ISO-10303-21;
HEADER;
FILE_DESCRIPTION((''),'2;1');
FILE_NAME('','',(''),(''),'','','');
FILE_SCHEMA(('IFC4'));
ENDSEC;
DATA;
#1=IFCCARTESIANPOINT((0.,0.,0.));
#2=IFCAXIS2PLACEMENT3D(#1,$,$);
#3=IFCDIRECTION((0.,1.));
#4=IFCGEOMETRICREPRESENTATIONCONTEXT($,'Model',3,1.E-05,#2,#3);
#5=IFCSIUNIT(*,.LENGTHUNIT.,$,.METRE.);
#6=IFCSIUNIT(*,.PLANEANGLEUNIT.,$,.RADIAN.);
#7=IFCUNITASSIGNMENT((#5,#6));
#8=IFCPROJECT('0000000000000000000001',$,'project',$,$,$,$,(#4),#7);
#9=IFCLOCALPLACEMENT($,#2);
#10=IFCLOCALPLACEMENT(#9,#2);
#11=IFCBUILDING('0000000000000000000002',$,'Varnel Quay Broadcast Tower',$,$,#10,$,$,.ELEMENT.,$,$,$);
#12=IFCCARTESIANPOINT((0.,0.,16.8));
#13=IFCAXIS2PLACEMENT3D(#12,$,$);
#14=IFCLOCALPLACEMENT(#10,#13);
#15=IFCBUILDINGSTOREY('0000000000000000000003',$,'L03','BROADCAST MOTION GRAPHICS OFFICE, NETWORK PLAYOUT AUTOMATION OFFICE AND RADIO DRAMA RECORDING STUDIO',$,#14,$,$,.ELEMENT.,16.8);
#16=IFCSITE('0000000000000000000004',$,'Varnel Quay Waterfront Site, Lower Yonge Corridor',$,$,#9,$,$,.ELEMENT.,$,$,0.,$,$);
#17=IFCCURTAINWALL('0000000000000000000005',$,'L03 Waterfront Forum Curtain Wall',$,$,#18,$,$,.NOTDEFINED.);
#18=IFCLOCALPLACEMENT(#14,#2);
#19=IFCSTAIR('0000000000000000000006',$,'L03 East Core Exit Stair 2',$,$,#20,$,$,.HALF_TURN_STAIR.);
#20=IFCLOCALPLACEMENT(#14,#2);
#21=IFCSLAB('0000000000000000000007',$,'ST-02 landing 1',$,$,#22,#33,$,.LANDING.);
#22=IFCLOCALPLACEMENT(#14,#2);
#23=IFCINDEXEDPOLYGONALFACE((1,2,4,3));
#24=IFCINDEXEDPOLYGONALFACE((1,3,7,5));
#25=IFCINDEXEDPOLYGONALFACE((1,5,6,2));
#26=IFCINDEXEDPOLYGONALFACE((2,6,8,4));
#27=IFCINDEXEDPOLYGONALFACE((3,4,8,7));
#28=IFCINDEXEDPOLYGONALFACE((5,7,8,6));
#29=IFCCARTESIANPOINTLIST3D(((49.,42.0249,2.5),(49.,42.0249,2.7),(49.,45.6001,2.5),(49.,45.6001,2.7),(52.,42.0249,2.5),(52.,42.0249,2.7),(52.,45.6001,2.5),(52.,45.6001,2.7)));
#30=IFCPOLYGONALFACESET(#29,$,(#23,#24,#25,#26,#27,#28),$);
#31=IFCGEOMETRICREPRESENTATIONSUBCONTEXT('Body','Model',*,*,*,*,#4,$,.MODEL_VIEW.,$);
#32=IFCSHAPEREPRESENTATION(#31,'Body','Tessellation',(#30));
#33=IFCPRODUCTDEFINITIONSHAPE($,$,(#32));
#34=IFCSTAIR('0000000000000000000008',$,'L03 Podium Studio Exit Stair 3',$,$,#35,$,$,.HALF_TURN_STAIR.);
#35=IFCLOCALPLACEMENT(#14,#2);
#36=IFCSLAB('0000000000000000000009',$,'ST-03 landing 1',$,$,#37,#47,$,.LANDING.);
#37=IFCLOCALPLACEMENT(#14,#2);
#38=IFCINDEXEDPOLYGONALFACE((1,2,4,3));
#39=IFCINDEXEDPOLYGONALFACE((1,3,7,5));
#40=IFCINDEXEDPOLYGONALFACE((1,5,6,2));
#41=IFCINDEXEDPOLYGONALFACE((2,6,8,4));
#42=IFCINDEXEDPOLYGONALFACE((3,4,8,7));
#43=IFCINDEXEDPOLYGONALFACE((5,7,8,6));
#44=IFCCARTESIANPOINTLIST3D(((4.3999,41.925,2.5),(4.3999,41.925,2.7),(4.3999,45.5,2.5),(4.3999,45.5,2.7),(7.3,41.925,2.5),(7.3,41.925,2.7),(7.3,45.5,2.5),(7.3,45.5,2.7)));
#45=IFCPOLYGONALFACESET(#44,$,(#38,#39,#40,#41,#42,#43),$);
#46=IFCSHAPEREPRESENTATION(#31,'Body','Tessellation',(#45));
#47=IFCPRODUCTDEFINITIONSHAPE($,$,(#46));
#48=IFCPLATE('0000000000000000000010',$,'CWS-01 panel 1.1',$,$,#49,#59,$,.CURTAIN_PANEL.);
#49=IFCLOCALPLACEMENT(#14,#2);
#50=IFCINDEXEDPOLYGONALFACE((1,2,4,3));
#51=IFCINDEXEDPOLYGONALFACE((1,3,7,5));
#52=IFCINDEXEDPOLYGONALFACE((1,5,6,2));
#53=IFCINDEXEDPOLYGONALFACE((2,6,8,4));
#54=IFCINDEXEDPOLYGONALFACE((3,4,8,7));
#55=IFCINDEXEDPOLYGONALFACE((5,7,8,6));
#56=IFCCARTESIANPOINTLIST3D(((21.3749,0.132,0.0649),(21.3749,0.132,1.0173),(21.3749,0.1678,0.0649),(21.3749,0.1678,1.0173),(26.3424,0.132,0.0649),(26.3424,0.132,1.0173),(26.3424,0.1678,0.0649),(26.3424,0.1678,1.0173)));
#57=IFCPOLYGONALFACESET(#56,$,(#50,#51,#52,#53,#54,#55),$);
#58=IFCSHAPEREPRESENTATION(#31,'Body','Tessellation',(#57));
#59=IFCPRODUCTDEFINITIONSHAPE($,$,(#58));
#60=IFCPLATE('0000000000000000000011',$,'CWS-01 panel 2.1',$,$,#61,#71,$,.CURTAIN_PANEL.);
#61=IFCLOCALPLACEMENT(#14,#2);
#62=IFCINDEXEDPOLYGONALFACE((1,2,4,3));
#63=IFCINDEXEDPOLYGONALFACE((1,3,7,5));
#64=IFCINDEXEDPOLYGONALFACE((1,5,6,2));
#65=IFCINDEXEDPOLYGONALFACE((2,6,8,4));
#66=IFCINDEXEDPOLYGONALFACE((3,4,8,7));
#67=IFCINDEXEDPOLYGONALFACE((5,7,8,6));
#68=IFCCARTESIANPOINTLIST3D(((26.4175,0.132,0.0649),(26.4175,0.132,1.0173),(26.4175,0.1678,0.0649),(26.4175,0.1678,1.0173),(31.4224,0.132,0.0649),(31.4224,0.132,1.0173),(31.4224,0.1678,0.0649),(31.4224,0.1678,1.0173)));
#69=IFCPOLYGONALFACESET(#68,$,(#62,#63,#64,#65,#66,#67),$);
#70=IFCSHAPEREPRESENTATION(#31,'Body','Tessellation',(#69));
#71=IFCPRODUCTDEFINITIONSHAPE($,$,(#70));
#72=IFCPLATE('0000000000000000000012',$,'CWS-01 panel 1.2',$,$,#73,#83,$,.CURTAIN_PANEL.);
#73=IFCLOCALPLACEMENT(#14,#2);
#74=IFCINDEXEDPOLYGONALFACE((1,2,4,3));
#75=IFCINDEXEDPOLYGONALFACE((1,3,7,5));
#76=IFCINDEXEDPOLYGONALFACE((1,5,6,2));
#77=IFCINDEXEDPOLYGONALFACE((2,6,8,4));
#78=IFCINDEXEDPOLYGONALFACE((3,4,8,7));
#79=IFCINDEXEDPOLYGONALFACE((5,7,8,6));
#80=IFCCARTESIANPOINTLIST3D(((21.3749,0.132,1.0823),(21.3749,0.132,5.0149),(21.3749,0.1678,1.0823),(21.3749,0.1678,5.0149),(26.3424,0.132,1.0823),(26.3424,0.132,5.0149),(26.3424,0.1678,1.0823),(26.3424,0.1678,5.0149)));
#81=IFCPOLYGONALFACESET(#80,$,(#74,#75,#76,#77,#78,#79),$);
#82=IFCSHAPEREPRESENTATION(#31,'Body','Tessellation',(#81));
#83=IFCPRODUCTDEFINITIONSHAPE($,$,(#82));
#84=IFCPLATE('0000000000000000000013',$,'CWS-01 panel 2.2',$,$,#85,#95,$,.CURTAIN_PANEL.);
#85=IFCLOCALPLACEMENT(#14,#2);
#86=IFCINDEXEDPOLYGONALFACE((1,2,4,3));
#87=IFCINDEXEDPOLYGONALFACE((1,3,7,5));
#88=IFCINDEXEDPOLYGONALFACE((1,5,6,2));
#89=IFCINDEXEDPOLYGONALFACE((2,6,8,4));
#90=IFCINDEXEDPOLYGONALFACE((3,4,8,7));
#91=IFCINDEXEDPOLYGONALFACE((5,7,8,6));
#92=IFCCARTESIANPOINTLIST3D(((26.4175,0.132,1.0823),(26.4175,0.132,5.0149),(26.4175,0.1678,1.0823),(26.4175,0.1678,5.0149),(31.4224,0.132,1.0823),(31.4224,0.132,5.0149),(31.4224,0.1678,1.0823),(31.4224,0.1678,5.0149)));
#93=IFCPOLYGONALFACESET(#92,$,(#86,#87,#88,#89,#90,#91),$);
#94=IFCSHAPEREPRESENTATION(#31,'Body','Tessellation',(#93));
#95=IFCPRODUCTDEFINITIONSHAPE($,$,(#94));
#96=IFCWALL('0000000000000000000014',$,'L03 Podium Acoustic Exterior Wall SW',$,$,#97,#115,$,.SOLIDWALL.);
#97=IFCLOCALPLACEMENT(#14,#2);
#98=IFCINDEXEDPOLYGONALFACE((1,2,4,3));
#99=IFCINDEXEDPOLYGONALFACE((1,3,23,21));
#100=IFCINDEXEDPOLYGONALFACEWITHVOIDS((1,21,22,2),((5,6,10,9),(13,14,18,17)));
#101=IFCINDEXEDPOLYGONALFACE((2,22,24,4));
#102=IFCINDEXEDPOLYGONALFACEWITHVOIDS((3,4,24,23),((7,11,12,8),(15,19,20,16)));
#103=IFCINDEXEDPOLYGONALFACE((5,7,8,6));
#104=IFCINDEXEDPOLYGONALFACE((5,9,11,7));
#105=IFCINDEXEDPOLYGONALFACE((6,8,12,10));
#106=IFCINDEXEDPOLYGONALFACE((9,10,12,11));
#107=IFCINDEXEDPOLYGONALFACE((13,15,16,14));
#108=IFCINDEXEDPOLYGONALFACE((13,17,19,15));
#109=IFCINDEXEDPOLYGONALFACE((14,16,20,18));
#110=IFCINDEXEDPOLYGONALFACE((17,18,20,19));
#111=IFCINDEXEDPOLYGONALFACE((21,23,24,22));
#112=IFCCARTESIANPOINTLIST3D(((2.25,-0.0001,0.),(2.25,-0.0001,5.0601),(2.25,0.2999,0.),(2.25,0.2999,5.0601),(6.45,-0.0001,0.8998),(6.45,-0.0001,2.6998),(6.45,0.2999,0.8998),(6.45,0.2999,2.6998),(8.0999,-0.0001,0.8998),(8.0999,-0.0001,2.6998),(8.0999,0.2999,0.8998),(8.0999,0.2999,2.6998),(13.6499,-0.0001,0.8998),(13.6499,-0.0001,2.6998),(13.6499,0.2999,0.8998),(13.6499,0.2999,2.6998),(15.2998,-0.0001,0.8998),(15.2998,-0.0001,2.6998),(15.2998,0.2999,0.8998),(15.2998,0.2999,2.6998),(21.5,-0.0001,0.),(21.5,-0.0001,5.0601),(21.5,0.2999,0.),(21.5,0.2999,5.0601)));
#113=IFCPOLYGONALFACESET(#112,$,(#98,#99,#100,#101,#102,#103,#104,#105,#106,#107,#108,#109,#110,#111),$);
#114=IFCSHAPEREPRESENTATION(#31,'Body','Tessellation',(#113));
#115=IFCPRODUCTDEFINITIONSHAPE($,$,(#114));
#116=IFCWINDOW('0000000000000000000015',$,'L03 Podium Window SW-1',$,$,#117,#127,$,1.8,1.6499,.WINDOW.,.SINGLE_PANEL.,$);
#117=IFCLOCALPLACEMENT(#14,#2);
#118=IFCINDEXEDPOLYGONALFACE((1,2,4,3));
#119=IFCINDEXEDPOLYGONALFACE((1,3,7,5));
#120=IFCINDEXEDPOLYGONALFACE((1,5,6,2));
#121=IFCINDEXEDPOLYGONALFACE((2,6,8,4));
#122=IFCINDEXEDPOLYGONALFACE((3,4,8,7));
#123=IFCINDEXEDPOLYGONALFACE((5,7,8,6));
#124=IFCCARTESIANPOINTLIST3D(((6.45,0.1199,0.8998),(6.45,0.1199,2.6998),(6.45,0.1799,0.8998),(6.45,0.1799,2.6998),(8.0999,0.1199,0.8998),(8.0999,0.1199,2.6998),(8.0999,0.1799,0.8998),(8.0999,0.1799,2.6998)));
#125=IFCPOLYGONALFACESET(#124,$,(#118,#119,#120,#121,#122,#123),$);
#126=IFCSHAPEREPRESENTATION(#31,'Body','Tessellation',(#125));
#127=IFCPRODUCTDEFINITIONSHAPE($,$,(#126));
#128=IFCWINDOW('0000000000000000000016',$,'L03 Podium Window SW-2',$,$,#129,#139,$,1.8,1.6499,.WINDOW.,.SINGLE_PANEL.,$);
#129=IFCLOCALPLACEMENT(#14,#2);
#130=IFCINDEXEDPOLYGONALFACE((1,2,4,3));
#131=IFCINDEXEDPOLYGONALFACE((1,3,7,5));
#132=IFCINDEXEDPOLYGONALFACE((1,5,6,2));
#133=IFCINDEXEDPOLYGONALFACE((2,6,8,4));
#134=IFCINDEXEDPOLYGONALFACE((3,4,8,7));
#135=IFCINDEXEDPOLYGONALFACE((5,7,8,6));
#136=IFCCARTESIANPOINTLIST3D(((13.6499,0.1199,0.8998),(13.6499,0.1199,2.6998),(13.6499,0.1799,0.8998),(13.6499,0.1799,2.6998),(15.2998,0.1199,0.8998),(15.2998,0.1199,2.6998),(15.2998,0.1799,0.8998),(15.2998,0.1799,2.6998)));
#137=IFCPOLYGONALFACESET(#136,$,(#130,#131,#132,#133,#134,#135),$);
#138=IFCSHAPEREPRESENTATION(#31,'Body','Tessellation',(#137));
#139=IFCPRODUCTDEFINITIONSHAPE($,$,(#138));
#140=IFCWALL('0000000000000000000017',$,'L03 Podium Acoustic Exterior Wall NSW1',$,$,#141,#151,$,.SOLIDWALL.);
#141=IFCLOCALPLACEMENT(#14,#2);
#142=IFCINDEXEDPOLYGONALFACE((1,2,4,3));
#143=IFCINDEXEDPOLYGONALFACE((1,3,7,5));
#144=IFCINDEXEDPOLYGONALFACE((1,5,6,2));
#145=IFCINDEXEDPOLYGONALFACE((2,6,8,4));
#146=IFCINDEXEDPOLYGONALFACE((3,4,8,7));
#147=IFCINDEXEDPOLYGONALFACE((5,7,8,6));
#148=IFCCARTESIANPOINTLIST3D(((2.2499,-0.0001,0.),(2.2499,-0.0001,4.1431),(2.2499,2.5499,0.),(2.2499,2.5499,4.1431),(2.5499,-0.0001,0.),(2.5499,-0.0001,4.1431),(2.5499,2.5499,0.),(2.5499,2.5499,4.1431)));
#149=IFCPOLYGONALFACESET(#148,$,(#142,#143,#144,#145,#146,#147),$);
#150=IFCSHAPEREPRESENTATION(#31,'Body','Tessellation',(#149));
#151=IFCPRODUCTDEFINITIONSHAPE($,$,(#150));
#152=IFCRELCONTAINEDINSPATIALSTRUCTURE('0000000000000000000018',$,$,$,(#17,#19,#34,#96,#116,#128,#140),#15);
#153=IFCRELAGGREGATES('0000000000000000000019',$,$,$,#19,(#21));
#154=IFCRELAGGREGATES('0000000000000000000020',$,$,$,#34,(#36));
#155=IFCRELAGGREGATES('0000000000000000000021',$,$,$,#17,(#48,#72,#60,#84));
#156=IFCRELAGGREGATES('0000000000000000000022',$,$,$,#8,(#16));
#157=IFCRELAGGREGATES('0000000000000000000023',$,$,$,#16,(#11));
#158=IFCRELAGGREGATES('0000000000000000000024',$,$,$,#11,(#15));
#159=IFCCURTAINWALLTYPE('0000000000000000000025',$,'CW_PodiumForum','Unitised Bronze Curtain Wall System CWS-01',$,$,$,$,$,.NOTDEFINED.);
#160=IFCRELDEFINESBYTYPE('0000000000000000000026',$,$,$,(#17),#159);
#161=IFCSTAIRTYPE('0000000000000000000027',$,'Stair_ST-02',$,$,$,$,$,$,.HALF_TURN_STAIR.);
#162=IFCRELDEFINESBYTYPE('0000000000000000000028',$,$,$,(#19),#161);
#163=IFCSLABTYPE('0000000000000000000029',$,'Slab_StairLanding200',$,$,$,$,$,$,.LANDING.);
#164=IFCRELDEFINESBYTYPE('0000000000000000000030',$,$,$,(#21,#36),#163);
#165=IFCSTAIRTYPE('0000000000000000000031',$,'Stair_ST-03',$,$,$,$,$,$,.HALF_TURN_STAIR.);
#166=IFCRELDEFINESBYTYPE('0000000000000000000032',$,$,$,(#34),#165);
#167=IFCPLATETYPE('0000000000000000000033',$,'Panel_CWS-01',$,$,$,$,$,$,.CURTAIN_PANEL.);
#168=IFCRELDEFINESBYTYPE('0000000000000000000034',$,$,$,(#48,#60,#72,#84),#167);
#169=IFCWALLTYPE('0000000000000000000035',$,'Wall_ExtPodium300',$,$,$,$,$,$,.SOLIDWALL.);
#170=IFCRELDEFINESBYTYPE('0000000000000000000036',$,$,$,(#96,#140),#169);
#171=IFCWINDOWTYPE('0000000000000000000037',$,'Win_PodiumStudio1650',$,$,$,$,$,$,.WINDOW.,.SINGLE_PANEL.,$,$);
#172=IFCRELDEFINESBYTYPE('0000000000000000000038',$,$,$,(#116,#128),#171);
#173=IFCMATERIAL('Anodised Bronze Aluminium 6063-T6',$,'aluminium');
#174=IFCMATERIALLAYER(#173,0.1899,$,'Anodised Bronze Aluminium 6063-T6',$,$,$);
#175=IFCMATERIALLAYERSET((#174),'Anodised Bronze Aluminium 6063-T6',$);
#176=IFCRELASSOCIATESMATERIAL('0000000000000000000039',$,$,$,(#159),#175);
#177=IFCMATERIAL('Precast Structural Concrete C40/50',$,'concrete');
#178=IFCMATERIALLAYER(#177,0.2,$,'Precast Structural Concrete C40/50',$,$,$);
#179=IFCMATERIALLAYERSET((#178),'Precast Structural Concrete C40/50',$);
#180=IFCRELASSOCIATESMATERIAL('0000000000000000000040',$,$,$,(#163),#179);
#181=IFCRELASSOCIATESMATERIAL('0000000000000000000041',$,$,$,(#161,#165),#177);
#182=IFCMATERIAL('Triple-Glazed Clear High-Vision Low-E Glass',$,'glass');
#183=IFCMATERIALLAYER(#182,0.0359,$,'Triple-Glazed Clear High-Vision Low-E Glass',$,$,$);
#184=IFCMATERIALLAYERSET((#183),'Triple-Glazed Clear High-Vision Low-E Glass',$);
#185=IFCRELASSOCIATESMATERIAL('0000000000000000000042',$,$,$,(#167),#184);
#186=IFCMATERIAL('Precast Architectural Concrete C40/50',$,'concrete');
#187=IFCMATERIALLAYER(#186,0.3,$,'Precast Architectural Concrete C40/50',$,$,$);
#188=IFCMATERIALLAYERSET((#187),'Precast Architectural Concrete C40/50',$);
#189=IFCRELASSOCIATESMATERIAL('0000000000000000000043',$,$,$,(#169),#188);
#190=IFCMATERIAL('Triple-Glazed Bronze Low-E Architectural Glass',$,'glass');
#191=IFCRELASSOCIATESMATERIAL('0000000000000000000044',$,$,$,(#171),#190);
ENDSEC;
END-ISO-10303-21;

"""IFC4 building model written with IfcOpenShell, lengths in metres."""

from ifc_helpers import new_model, si_unit, direction, frame, frame_2d, origin, origin_2d, place, context, subcontext, project, spatial, polyline, rectangle, outline, extrude, source, transform, mapped, material, layer, layer_set, type_object, type_shapes, element, fill, aggregate, save


model = new_model("IFC4")

# Units and contexts
model_context = context("Model", 3, precision=1e-05, world=origin(), true_north=direction((0.0, 1.0)))
body_context = subcontext(model_context, "Body", "Model", "MODEL_VIEW")
ifc_project = project(units=[si_unit("LENGTHUNIT", "METRE"), si_unit("PLANEANGLEUNIT", "RADIAN")], contexts=[model_context])

# Site, building, storey
site_placement = place(None, origin())
site = spatial("IfcSite", under=ifc_project, at=site_placement, Name="Varnel Quay Waterfront Site, Lower Yonge Corridor", CompositionType="ELEMENT", RefElevation=0.0)
building_placement = place(site_placement, origin())
building = spatial("IfcBuilding", under=site, at=building_placement, Name="Varnel Quay Broadcast Tower", CompositionType="ELEMENT")
storey_placement = place(building_placement, frame((0.0, 0.0, 16.8)))
storey = spatial("IfcBuildingStorey", under=building, at=storey_placement, Name="L03", Description="BROADCAST MOTION GRAPHICS OFFICE, NETWORK PLAYOUT AUTOMATION OFFICE AND RADIO DRAMA RECORDING STUDIO", CompositionType="ELEMENT", Elevation=16.8)

# Curtain wall
ifc_material_1 = material(Name="Anodised Bronze Aluminium 6063-T6", Category="aluminium")
ifc_layer_1 = layer(ifc_material_1, 0.1899, Name="Anodised Bronze Aluminium 6063-T6")
ifc_layer_set_1 = layer_set([ifc_layer_1], Name="Anodised Bronze Aluminium 6063-T6")
curtain_wall_type = type_object("IfcCurtainWallType", Name="CW_PodiumForum", Description="Unitised Bronze Curtain Wall System CWS-01", PredefinedType="NOTDEFINED", material=ifc_layer_set_1)
curtain_wall_placement = place(storey_placement, origin())
curtain_wall = element("IfcCurtainWall", 1, at=curtain_wall_placement, inside=storey, type_object=curtain_wall_type, Name="L03 Waterfront Forum Curtain Wall", PredefinedType="NOTDEFINED")

# Stairs, slabs
ifc_material_2 = material(Name="Precast Structural Concrete C40/50", Category="concrete")
ifc_layer_2 = layer(ifc_material_2, 0.2, Name="Precast Structural Concrete C40/50")
ifc_layer_set_2 = layer_set([ifc_layer_2], Name="Precast Structural Concrete C40/50")
slab_type_1 = type_object("IfcSlabType", Name="Slab_StairLanding200", PredefinedType="LANDING", material=ifc_layer_set_2)
stair_type_1 = type_object("IfcStairType", Name="Stair_ST-02", PredefinedType="HALF_TURN_STAIR", material=ifc_material_2)
stair_1_placement = place(storey_placement, origin())
stair_1 = element("IfcStair", 2, at=stair_1_placement, inside=storey, type_object=stair_type_1, Name="L03 East Core Exit Stair 2", PredefinedType="HALF_TURN_STAIR")
slab_1_placement = place(storey_placement, frame((0.0, 0.0, 2.5)))
slab_1 = element("IfcSlab", 3, at=slab_1_placement, type_object=slab_type_1, Name="ST-02 landing 1", PredefinedType="LANDING", context=body_context, shape_type="SweptSolid", body=[
    extrude(outline(polyline([(52.0, 42.0249), (52.0, 45.6001), (49.0, 45.6001), (49.0, 42.0249), (52.0, 42.0249)])), origin(), (0.0, 0.0, 1.0), 0.2),
])
aggregate(stair_1, [slab_1])
stair_type_2 = type_object("IfcStairType", Name="Stair_ST-03", PredefinedType="HALF_TURN_STAIR", material=ifc_material_2)
stair_2_placement = place(storey_placement, origin())
stair_2 = element("IfcStair", 4, at=stair_2_placement, inside=storey, type_object=stair_type_2, Name="L03 Podium Studio Exit Stair 3", PredefinedType="HALF_TURN_STAIR")
slab_2_placement = place(storey_placement, frame((0.0, 0.0, 2.5)))
slab_2 = element("IfcSlab", 5, at=slab_2_placement, type_object=slab_type_1, Name="ST-03 landing 1", PredefinedType="LANDING", context=body_context, shape_type="SweptSolid", body=[
    extrude(outline(polyline([(7.3, 41.925), (7.3, 45.5), (4.3999, 45.5), (4.3999, 41.925), (7.3, 41.925)])), origin(), (0.0, 0.0, 1.0), 0.2),
])
aggregate(stair_2, [slab_2])

# Plates
ifc_material_3 = material(Name="Triple-Glazed Clear High-Vision Low-E Glass", Category="glass")
ifc_layer_3 = layer(ifc_material_3, 0.0359, Name="Triple-Glazed Clear High-Vision Low-E Glass")
ifc_layer_set_3 = layer_set([ifc_layer_3], Name="Triple-Glazed Clear High-Vision Low-E Glass")
plate_type = type_object("IfcPlateType", Name="Panel_CWS-01", PredefinedType="CURTAIN_PANEL", material=ifc_layer_set_3)
shared_shape_1 = source(origin(), body_context, "Body", "SweptSolid", [
    extrude(rectangle(XDim=4.9675, YDim=0.0359, at=origin_2d()), origin(), (0.0, 0.0, 1.0), 0.9524),
])
plate_1_placement = place(storey_placement, frame((23.8586, 0.1499, 0.0649), z_axis=(0.0, 0.0, 1.0), x_axis=(1.0, 0.0, 0.0)))
plate_1 = element("IfcPlate", 6, at=plate_1_placement, type_object=plate_type, Name="CWS-01 panel 1.1", PredefinedType="CURTAIN_PANEL", context=body_context, shape_type="MappedRepresentation", body=[
    mapped(shared_shape_1, transform((0.0, 0.0, 0.0), x_axis=(1.0, 0.0, 0.0), y_axis=(0.0, 1.0, 0.0), z_axis=(0.0, 0.0, 1.0), scale=1.0)),
])
shared_shape_2 = source(origin(), body_context, "Body", "SweptSolid", [
    extrude(rectangle(XDim=5.0049, YDim=0.0359, at=origin_2d()), origin(), (0.0, 0.0, 1.0), 0.9524),
])
plate_2_placement = place(storey_placement, frame((28.9199, 0.1499, 0.0649), z_axis=(0.0, 0.0, 1.0), x_axis=(1.0, 0.0, 0.0)))
plate_2 = element("IfcPlate", 7, at=plate_2_placement, type_object=plate_type, Name="CWS-01 panel 2.1", PredefinedType="CURTAIN_PANEL", context=body_context, shape_type="MappedRepresentation", body=[
    mapped(shared_shape_2, transform((0.0, 0.0, 0.0), x_axis=(1.0, 0.0, 0.0), y_axis=(0.0, 1.0, 0.0), z_axis=(0.0, 0.0, 1.0), scale=1.0)),
])
shared_shape_3 = source(origin(), body_context, "Body", "SweptSolid", [
    extrude(rectangle(XDim=4.9675, YDim=0.0359, at=origin_2d()), origin(), (0.0, 0.0, 1.0), 3.9326),
])
plate_3_placement = place(storey_placement, frame((23.8586, 0.1499, 1.0823), z_axis=(0.0, 0.0, 1.0), x_axis=(1.0, 0.0, 0.0)))
plate_3 = element("IfcPlate", 8, at=plate_3_placement, type_object=plate_type, Name="CWS-01 panel 1.2", PredefinedType="CURTAIN_PANEL", context=body_context, shape_type="MappedRepresentation", body=[
    mapped(shared_shape_3, transform((0.0, 0.0, 0.0), x_axis=(1.0, 0.0, 0.0), y_axis=(0.0, 1.0, 0.0), z_axis=(0.0, 0.0, 1.0), scale=1.0)),
])
shared_shape_4 = source(origin(), body_context, "Body", "SweptSolid", [
    extrude(rectangle(XDim=5.0049, YDim=0.0359, at=origin_2d()), origin(), (0.0, 0.0, 1.0), 3.9326),
])
type_shapes(plate_type, [shared_shape_1, shared_shape_2, shared_shape_3, shared_shape_4])
plate_4_placement = place(storey_placement, frame((28.9199, 0.1499, 1.0823), z_axis=(0.0, 0.0, 1.0), x_axis=(1.0, 0.0, 0.0)))
plate_4 = element("IfcPlate", 9, at=plate_4_placement, type_object=plate_type, Name="CWS-01 panel 2.2", PredefinedType="CURTAIN_PANEL", context=body_context, shape_type="MappedRepresentation", body=[
    mapped(shared_shape_4, transform((0.0, 0.0, 0.0), x_axis=(1.0, 0.0, 0.0), y_axis=(0.0, 1.0, 0.0), z_axis=(0.0, 0.0, 1.0), scale=1.0)),
])
aggregate(curtain_wall, [plate_1, plate_3, plate_2, plate_4])

# Wall, openings, windows
ifc_material_4 = material(Name="Precast Architectural Concrete C40/50", Category="concrete")
ifc_layer_4 = layer(ifc_material_4, 0.3, Name="Precast Architectural Concrete C40/50")
ifc_layer_set_4 = layer_set([ifc_layer_4], Name="Precast Architectural Concrete C40/50")
wall_type_1 = type_object("IfcWallType", Name="Wall_ExtPodium300", PredefinedType="SOLIDWALL", material=ifc_layer_set_4)
wall_1_placement = place(storey_placement, frame((2.25, 0.1499, 0.0), z_axis=(0.0, 0.0, 1.0), x_axis=(1.0, 0.0, 0.0)))
wall_1 = element("IfcWall", 10, at=wall_1_placement, inside=storey, type_object=wall_type_1, Name="L03 Podium Acoustic Exterior Wall SW", PredefinedType="SOLIDWALL", context=body_context, shape_type="SweptSolid", body=[
    extrude(rectangle(XDim=19.25, YDim=0.3, at=frame_2d((9.625, 0.0))), origin(), (0.0, 0.0, 1.0), 5.0601),
])
opening_1_placement = place(wall_1_placement, frame((4.2, 0.0, 0.8999)))
opening_1 = element("IfcOpeningElement", 11, at=opening_1_placement, cuts=wall_1, PredefinedType="OPENING", context=body_context, shape_type="SweptSolid", body=[
    extrude(rectangle(XDim=1.6499, YDim=1.8, at=frame_2d((0.825, 0.8999))), frame((0.0, 0.1602, 0.0), z_axis=(0.0, -1.0, 0.0), x_axis=(1.0, 0.0, 0.0)), (0.0, 0.0, 1.0), 0.3201),
])
opening_2_placement = place(wall_1_placement, frame((11.3999, 0.0, 0.8999)))
opening_2 = element("IfcOpeningElement", 12, at=opening_2_placement, cuts=wall_1, PredefinedType="OPENING", context=body_context, shape_type="SweptSolid", body=[
    extrude(rectangle(XDim=1.6499, YDim=1.8, at=frame_2d((0.825, 0.8999))), frame((0.0, 0.1602, 0.0), z_axis=(0.0, -1.0, 0.0), x_axis=(1.0, 0.0, 0.0)), (0.0, 0.0, 1.0), 0.3201),
])
ifc_material_5 = material(Name="Triple-Glazed Bronze Low-E Architectural Glass", Category="glass")
window_type = type_object("IfcWindowType", Name="Win_PodiumStudio1650", PartitioningType="SINGLE_PANEL", PredefinedType="WINDOW", material=ifc_material_5)
shared_shape_5 = source(origin(), body_context, "Body", "SweptSolid", [
    extrude(rectangle(XDim=1.6499, YDim=1.8, at=frame_2d((0.825, 0.8999))), frame((0.0, 0.03, 0.0), z_axis=(0.0, -1.0, 0.0), x_axis=(1.0, 0.0, 0.0)), (0.0, 0.0, 1.0), 0.0601),
])
type_shapes(window_type, [shared_shape_5])
window_1_placement = place(opening_1_placement, origin())
window_1 = element("IfcWindow", 13, at=window_1_placement, inside=storey, type_object=window_type, Name="L03 Podium Window SW-1", OverallHeight=1.8, OverallWidth=1.6499, PartitioningType="SINGLE_PANEL", PredefinedType="WINDOW", context=body_context, shape_type="MappedRepresentation", body=[
    mapped(shared_shape_5, transform((0.0, 0.0, 0.0), x_axis=(1.0, 0.0, 0.0), y_axis=(0.0, 1.0, 0.0), z_axis=(0.0, 0.0, 1.0), scale=1.0)),
])
fill(opening_1, window_1)
window_2_placement = place(opening_2_placement, origin())
window_2 = element("IfcWindow", 14, at=window_2_placement, inside=storey, type_object=window_type, Name="L03 Podium Window SW-2", OverallHeight=1.8, OverallWidth=1.6499, PartitioningType="SINGLE_PANEL", PredefinedType="WINDOW", context=body_context, shape_type="MappedRepresentation", body=[
    mapped(shared_shape_5, transform((0.0, 0.0, 0.0), x_axis=(1.0, 0.0, 0.0), y_axis=(0.0, 1.0, 0.0), z_axis=(0.0, 0.0, 1.0), scale=1.0)),
])
fill(opening_2, window_2)

# Wall
wall_2_placement = place(storey_placement, frame((2.3999, 0.0, 0.0), z_axis=(0.0, 0.0, 1.0), x_axis=(0.0, 1.0, 0.0)))
element("IfcWall", 15, at=wall_2_placement, inside=storey, type_object=wall_type_1, Name="L03 Podium Acoustic Exterior Wall NSW1", PredefinedType="SOLIDWALL", context=body_context, shape_type="SweptSolid", body=[
    extrude(rectangle(XDim=2.55, YDim=0.3, at=frame_2d((1.2749, 0.0))), origin(), (0.0, 0.0, 1.0), 4.1431),
])

save(model, "model.ifc")
